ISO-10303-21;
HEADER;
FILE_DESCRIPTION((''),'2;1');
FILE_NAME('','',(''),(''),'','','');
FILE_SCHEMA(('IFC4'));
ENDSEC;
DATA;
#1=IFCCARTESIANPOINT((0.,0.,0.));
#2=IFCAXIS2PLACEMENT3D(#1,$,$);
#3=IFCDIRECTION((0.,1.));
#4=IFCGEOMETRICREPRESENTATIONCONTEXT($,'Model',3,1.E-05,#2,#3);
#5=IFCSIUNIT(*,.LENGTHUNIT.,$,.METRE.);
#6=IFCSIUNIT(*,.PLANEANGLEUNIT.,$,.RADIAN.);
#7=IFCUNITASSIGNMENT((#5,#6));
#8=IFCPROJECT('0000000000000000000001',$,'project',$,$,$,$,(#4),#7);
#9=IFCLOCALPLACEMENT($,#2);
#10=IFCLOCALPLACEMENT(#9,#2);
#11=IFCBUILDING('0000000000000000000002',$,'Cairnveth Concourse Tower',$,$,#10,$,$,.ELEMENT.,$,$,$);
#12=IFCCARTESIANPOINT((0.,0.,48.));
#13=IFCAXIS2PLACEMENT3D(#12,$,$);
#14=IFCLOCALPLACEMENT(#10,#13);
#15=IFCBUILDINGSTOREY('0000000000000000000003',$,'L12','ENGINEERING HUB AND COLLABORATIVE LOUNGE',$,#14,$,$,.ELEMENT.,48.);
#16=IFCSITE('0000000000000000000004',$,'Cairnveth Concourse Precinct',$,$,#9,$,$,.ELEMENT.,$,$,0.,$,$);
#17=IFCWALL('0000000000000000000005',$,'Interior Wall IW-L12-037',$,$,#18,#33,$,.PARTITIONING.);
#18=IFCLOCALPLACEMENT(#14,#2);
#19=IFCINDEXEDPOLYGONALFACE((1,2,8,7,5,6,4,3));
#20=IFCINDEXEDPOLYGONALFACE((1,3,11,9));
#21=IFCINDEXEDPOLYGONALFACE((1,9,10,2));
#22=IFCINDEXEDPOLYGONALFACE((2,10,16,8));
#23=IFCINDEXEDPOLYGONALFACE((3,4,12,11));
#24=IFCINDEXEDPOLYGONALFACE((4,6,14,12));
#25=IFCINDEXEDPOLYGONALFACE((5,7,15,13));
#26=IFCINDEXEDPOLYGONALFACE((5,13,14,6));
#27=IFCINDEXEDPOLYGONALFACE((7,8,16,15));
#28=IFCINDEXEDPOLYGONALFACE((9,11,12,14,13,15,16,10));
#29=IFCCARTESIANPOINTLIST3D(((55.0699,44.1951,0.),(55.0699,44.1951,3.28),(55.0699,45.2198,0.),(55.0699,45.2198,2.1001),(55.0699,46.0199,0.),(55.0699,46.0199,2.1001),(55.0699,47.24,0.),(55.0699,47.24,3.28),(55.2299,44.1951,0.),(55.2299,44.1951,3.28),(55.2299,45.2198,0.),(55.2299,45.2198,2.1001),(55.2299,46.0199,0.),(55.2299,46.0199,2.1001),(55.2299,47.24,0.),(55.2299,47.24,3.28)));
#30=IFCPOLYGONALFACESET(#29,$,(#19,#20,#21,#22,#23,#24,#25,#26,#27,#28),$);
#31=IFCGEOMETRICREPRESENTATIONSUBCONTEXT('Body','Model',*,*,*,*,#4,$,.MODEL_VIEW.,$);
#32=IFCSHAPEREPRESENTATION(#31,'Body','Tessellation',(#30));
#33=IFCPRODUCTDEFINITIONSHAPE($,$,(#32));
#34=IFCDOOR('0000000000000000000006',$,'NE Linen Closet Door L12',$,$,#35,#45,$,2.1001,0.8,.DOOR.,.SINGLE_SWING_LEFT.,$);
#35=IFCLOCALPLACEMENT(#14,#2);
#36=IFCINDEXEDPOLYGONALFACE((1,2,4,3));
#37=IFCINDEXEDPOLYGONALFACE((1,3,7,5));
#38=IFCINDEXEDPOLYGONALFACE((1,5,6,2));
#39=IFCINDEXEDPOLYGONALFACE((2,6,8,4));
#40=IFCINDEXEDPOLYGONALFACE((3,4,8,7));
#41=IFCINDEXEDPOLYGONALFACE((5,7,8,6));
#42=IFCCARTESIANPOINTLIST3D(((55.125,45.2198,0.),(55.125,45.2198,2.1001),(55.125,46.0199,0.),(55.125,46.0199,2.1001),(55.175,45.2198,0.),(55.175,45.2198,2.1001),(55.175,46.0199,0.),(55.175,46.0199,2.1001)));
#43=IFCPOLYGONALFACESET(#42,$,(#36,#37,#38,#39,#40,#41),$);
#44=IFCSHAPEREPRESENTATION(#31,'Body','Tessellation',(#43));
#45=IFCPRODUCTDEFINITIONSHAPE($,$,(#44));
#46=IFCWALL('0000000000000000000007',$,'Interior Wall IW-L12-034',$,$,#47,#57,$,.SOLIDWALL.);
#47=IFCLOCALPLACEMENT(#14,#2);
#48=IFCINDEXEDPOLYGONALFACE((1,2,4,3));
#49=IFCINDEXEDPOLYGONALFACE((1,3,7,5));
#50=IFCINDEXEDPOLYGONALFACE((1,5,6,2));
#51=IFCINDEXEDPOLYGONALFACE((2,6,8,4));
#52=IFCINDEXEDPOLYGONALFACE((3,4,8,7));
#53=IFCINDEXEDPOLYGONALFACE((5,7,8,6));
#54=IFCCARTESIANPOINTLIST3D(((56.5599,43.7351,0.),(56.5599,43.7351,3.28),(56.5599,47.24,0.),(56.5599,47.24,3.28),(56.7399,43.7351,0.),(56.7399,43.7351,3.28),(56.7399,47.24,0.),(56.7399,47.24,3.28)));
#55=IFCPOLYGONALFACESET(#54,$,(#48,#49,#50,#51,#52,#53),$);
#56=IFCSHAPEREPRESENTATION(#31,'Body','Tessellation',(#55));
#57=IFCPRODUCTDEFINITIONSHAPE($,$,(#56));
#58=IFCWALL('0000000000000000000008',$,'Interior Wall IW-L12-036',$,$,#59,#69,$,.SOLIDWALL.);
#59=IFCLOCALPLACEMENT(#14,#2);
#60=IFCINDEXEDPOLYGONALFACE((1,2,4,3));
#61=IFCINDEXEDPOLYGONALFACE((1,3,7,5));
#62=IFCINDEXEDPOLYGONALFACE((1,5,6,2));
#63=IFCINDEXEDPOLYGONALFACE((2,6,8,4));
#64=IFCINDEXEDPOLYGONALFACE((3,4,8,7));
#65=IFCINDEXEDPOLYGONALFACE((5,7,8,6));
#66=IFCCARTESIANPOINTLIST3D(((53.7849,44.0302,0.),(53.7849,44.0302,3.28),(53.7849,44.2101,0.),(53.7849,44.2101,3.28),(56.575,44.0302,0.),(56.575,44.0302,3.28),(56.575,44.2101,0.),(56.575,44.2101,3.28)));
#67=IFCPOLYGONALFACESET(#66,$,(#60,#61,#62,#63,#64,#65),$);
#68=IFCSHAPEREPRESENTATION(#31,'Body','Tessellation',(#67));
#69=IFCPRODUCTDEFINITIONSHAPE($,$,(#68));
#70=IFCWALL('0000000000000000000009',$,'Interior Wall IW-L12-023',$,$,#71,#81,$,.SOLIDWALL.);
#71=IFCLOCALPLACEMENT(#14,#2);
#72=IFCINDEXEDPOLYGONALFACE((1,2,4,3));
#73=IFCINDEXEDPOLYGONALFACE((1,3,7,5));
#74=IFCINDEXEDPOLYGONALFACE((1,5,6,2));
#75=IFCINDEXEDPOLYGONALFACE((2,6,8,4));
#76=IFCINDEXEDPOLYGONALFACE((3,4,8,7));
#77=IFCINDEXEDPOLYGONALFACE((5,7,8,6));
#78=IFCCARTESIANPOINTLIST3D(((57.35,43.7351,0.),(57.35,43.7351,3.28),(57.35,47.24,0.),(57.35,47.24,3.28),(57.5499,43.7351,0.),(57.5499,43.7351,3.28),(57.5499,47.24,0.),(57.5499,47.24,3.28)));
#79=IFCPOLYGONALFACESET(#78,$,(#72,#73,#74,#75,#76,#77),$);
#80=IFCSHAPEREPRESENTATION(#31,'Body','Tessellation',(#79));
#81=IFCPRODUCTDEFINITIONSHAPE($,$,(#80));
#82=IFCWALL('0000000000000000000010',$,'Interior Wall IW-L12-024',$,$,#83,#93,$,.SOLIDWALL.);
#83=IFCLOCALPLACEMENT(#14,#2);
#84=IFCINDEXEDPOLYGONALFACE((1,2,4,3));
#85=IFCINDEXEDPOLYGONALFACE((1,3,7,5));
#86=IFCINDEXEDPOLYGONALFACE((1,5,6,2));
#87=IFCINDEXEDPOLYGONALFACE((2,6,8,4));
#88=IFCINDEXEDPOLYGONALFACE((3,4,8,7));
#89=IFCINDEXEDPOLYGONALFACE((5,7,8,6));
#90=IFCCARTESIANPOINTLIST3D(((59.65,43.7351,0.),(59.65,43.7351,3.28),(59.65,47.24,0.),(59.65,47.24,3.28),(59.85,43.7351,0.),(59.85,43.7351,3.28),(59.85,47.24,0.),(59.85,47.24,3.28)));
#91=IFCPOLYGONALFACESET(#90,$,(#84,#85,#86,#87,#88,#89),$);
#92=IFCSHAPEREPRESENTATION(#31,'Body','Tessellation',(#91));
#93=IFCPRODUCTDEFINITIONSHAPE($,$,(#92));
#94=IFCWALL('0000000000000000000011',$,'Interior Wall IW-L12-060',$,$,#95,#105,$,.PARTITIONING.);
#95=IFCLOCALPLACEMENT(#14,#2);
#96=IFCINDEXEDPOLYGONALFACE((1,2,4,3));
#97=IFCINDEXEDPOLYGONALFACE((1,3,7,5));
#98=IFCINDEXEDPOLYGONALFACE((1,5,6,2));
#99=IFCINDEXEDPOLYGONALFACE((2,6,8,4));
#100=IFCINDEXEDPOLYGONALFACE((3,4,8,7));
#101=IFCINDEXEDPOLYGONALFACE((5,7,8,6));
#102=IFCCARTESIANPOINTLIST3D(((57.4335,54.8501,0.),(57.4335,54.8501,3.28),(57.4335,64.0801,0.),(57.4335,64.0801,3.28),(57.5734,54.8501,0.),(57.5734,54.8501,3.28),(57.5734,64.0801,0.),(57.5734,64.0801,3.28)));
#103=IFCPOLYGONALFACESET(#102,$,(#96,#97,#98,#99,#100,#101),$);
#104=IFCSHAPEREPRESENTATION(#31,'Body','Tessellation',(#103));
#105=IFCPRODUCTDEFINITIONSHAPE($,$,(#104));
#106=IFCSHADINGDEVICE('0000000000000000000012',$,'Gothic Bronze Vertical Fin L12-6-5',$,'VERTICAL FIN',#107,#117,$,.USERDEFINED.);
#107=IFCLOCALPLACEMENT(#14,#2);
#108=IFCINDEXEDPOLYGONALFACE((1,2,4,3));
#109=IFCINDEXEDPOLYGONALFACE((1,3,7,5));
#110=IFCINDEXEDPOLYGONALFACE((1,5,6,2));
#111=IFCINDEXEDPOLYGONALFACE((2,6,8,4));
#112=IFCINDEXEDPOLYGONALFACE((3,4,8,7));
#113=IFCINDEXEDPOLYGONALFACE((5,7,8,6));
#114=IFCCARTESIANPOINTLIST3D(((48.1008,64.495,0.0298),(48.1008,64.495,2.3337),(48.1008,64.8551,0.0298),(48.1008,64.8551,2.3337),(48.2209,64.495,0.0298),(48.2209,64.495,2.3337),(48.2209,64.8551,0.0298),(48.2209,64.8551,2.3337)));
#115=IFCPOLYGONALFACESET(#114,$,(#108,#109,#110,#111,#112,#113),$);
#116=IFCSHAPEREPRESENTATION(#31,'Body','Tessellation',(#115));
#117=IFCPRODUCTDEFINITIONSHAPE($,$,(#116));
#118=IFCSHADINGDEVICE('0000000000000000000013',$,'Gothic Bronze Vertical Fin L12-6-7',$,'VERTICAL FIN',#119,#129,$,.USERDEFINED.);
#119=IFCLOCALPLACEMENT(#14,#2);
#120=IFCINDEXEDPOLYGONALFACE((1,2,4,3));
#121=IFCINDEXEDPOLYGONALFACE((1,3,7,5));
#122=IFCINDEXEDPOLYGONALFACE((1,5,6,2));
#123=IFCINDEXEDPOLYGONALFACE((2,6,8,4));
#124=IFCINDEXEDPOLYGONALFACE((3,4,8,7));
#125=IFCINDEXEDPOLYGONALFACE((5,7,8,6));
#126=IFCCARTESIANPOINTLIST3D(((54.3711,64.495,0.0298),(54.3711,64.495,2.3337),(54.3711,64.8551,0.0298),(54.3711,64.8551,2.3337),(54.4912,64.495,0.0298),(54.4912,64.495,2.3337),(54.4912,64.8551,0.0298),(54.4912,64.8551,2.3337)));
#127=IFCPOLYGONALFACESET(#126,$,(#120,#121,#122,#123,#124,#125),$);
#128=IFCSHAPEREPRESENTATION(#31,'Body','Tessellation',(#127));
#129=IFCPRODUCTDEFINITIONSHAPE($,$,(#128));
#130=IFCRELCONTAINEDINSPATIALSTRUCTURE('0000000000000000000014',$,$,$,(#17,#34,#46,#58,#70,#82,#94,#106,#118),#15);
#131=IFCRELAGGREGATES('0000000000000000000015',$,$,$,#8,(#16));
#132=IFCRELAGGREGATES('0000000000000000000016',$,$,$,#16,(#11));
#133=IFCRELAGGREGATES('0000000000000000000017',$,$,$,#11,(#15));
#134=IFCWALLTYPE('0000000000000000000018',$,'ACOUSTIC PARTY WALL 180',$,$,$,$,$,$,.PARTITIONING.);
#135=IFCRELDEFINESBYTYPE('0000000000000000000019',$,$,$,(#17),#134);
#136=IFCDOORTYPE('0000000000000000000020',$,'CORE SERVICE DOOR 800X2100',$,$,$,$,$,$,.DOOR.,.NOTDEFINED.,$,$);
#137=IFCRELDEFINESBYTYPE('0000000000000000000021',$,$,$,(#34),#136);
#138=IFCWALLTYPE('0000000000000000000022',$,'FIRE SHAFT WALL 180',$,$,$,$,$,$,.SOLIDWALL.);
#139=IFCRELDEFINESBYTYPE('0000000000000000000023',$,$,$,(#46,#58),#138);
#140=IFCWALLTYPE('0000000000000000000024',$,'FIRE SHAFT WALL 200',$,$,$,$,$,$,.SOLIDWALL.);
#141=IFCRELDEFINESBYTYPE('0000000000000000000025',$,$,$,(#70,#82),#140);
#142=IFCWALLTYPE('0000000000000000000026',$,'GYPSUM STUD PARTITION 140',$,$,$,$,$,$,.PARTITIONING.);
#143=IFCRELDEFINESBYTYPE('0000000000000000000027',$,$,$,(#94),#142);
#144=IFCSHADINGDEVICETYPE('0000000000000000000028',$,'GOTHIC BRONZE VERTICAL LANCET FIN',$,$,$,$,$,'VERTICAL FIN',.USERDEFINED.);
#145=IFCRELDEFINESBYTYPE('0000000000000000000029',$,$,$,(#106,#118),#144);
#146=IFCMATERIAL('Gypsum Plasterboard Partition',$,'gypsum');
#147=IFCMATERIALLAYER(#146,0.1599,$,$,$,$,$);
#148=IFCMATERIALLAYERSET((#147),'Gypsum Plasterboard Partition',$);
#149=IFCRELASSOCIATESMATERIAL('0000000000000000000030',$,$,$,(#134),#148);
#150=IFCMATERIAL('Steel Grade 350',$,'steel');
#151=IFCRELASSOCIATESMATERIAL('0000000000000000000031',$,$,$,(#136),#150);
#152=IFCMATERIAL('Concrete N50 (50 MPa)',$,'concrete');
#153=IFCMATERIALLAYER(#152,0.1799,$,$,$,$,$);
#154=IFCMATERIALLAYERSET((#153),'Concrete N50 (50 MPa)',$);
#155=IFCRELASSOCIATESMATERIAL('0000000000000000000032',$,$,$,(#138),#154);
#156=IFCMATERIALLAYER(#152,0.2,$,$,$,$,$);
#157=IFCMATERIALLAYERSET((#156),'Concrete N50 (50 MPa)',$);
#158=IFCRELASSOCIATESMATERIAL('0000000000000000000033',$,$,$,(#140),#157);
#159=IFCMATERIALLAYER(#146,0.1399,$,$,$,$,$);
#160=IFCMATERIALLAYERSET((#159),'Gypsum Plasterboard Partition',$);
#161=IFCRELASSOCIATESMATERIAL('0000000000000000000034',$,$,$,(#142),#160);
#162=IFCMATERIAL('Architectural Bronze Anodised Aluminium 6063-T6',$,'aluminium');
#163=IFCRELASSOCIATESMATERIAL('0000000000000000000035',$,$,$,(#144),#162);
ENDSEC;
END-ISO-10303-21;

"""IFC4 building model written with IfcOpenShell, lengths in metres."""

from ifc_helpers import new_model, si_unit, direction, frame, frame_2d, origin, origin_2d, place, context, subcontext, project, spatial, rectangle, extrude, material, layer, layer_set, type_object, element, fill, save


model = new_model("IFC4")

# Units and contexts
model_context = context("Model", 3, precision=1e-05, world=origin(), true_north=direction((0.0, 1.0)))
body_context = subcontext(model_context, "Body", "Model", "MODEL_VIEW")
ifc_project = project(units=[si_unit("LENGTHUNIT", "METRE"), si_unit("PLANEANGLEUNIT", "RADIAN")], contexts=[model_context])

# Site, building, storey
site_placement = place(None, origin())
site = spatial("IfcSite", under=ifc_project, at=site_placement, Name="Cairnveth Concourse Precinct", CompositionType="ELEMENT", RefElevation=0.0)
building_placement = place(site_placement, origin())
building = spatial("IfcBuilding", under=site, at=building_placement, Name="Cairnveth Concourse Tower", CompositionType="ELEMENT")
storey_placement = place(building_placement, frame((0.0, 0.0, 48.0)))
storey = spatial("IfcBuildingStorey", under=building, at=storey_placement, Name="L12", Description="ENGINEERING HUB AND COLLABORATIVE LOUNGE", CompositionType="ELEMENT", Elevation=48.0)

# Shared definitions
ifc_material_1 = material(Name="Steel Grade 350", Category="steel")

# Wall, opening, door
ifc_material_2 = material(Name="Gypsum Plasterboard Partition", Category="gypsum")
ifc_layer_1 = layer(ifc_material_2, 0.1599)
ifc_layer_set_1 = layer_set([ifc_layer_1], Name="Gypsum Plasterboard Partition")
wall_type_1 = type_object("IfcWallType", Name="ACOUSTIC PARTY WALL 180", PredefinedType="PARTITIONING", material=ifc_layer_set_1)
wall_1_placement = place(storey_placement, frame((55.1499, 44.1951, 0.0), z_axis=(0.0, 0.0, 1.0), x_axis=(0.0, 1.0, 0.0)))
wall_1 = element("IfcWall", 1, at=wall_1_placement, inside=storey, type_object=wall_type_1, Name="Interior Wall IW-L12-037", PredefinedType="PARTITIONING", context=body_context, shape_type="SweptSolid", body=[
    extrude(rectangle(XDim=3.0449, YDim=0.1599, at=frame_2d((1.5225, 0.0))), origin(), (0.0, 0.0, 1.0), 3.28),
])
opening_placement = place(wall_1_placement, frame((1.0249, 0.0, 0.0)))
opening = element("IfcOpeningElement", 2, at=opening_placement, cuts=wall_1, PredefinedType="OPENING", context=body_context, shape_type="SweptSolid", body=[
    extrude(rectangle(XDim=0.8, YDim=2.1001, at=frame_2d((0.3999, 1.05))), frame((0.0, 0.0898, 0.0), z_axis=(0.0, -1.0, 0.0), x_axis=(1.0, 0.0, 0.0)), (0.0, 0.0, 1.0), 0.1799),
])
door_type = type_object("IfcDoorType", Name="CORE SERVICE DOOR 800X2100", OperationType="NOTDEFINED", PredefinedType="DOOR", material=ifc_material_1)
door_placement = place(opening_placement, origin())
door = element("IfcDoor", 3, at=door_placement, inside=storey, type_object=door_type, Name="NE Linen Closet Door L12", OperationType="SINGLE_SWING_LEFT", OverallHeight=2.1001, OverallWidth=0.8, PredefinedType="DOOR", context=body_context, shape_type="SweptSolid", body=[
    extrude(rectangle(XDim=0.8, YDim=2.1001, at=frame_2d((0.3999, 1.05))), frame((0.0, 0.0249, 0.0), z_axis=(0.0, -1.0, 0.0), x_axis=(1.0, 0.0, 0.0)), (0.0, 0.0, 1.0), 0.05),
])
fill(opening, door)

# Walls
ifc_material_3 = material(Name="Concrete N50 (50 MPa)", Category="concrete")
ifc_layer_2 = layer(ifc_material_3, 0.1799)
ifc_layer_set_2 = layer_set([ifc_layer_2], Name="Concrete N50 (50 MPa)")
wall_type_2 = type_object("IfcWallType", Name="FIRE SHAFT WALL 180", PredefinedType="SOLIDWALL", material=ifc_layer_set_2)
wall_2_placement = place(storey_placement, frame((56.6499, 43.7351, 0.0), z_axis=(0.0, 0.0, 1.0), x_axis=(0.0, 1.0, 0.0)))
element("IfcWall", 4, at=wall_2_placement, inside=storey, type_object=wall_type_2, Name="Interior Wall IW-L12-034", PredefinedType="SOLIDWALL", context=body_context, shape_type="SweptSolid", body=[
    extrude(rectangle(XDim=3.5049, YDim=0.1799, at=frame_2d((1.7524, 0.0))), origin(), (0.0, 0.0, 1.0), 3.28),
])
wall_3_placement = place(storey_placement, frame((53.7849, 44.1201, 0.0), z_axis=(0.0, 0.0, 1.0), x_axis=(1.0, 0.0, 0.0)))
element("IfcWall", 5, at=wall_3_placement, inside=storey, type_object=wall_type_2, Name="Interior Wall IW-L12-036", PredefinedType="SOLIDWALL", context=body_context, shape_type="SweptSolid", body=[
    extrude(rectangle(XDim=2.79, YDim=0.1799, at=frame_2d((1.395, 0.0))), origin(), (0.0, 0.0, 1.0), 3.28),
])
ifc_layer_3 = layer(ifc_material_3, 0.2)
ifc_layer_set_3 = layer_set([ifc_layer_3], Name="Concrete N50 (50 MPa)")
wall_type_3 = type_object("IfcWallType", Name="FIRE SHAFT WALL 200", PredefinedType="SOLIDWALL", material=ifc_layer_set_3)
for number, where, z_axis, x_axis, name in (
    (6, (57.45, 43.7351, 0.0), (0.0, 0.0, 1.0), (0.0, 1.0, 0.0), "Interior Wall IW-L12-023"),
    (7, (59.75, 43.7351, 0.0), (0.0, 0.0, 1.0), (0.0, 1.0, 0.0), "Interior Wall IW-L12-024"),
):
    element("IfcWall", number, at=place(storey_placement, frame(where, z_axis=z_axis, x_axis=x_axis)), inside=storey, type_object=wall_type_3, Name=name, PredefinedType="SOLIDWALL", context=body_context, shape_type="SweptSolid", body=[
        extrude(rectangle(XDim=3.5049, YDim=0.2, at=frame_2d((1.7524, 0.0))), origin(), (0.0, 0.0, 1.0), 3.28),
    ])
ifc_layer_4 = layer(ifc_material_2, 0.1399)
ifc_layer_set_4 = layer_set([ifc_layer_4], Name="Gypsum Plasterboard Partition")
wall_type_4 = type_object("IfcWallType", Name="GYPSUM STUD PARTITION 140", PredefinedType="PARTITIONING", material=ifc_layer_set_4)
wall_4_placement = place(storey_placement, frame((57.5034, 54.8501, 0.0), z_axis=(0.0, 0.0, 1.0), x_axis=(0.0, 1.0, 0.0)))
element("IfcWall", 8, at=wall_4_placement, inside=storey, type_object=wall_type_4, Name="Interior Wall IW-L12-060", PredefinedType="PARTITIONING", context=body_context, shape_type="SweptSolid", body=[
    extrude(rectangle(XDim=9.23, YDim=0.1399, at=frame_2d((4.615, 0.0))), origin(), (0.0, 0.0, 1.0), 3.28),
])

# Shading devices
ifc_material_4 = material(Name="Architectural Bronze Anodised Aluminium 6063-T6", Category="aluminium")
shading_device_type = type_object("IfcShadingDeviceType", Name="GOTHIC BRONZE VERTICAL LANCET FIN", ElementType="VERTICAL FIN", PredefinedType="USERDEFINED", material=ifc_material_4)
for number, where, z_axis, x_axis, name in (
    (9, (48.1609, 64.675, 0.0298), (0.0, 0.0, 1.0), (1.0, 0.0, 0.0), "Gothic Bronze Vertical Fin L12-6-5"),
    (10, (54.4312, 64.675, 0.0298), (0.0, 0.0, 1.0), (1.0, 0.0, 0.0), "Gothic Bronze Vertical Fin L12-6-7"),
):
    element("IfcShadingDevice", number, at=place(storey_placement, frame(where, z_axis=z_axis, x_axis=x_axis)), inside=storey, type_object=shading_device_type, Name=name, ObjectType="VERTICAL FIN", PredefinedType="USERDEFINED", context=body_context, shape_type="SweptSolid", body=[
        extrude(rectangle(XDim=0.1201, YDim=0.3601, at=origin_2d()), origin(), (0.0, 0.0, 1.0), 2.304),
    ])

save(model, "model.ifc")
